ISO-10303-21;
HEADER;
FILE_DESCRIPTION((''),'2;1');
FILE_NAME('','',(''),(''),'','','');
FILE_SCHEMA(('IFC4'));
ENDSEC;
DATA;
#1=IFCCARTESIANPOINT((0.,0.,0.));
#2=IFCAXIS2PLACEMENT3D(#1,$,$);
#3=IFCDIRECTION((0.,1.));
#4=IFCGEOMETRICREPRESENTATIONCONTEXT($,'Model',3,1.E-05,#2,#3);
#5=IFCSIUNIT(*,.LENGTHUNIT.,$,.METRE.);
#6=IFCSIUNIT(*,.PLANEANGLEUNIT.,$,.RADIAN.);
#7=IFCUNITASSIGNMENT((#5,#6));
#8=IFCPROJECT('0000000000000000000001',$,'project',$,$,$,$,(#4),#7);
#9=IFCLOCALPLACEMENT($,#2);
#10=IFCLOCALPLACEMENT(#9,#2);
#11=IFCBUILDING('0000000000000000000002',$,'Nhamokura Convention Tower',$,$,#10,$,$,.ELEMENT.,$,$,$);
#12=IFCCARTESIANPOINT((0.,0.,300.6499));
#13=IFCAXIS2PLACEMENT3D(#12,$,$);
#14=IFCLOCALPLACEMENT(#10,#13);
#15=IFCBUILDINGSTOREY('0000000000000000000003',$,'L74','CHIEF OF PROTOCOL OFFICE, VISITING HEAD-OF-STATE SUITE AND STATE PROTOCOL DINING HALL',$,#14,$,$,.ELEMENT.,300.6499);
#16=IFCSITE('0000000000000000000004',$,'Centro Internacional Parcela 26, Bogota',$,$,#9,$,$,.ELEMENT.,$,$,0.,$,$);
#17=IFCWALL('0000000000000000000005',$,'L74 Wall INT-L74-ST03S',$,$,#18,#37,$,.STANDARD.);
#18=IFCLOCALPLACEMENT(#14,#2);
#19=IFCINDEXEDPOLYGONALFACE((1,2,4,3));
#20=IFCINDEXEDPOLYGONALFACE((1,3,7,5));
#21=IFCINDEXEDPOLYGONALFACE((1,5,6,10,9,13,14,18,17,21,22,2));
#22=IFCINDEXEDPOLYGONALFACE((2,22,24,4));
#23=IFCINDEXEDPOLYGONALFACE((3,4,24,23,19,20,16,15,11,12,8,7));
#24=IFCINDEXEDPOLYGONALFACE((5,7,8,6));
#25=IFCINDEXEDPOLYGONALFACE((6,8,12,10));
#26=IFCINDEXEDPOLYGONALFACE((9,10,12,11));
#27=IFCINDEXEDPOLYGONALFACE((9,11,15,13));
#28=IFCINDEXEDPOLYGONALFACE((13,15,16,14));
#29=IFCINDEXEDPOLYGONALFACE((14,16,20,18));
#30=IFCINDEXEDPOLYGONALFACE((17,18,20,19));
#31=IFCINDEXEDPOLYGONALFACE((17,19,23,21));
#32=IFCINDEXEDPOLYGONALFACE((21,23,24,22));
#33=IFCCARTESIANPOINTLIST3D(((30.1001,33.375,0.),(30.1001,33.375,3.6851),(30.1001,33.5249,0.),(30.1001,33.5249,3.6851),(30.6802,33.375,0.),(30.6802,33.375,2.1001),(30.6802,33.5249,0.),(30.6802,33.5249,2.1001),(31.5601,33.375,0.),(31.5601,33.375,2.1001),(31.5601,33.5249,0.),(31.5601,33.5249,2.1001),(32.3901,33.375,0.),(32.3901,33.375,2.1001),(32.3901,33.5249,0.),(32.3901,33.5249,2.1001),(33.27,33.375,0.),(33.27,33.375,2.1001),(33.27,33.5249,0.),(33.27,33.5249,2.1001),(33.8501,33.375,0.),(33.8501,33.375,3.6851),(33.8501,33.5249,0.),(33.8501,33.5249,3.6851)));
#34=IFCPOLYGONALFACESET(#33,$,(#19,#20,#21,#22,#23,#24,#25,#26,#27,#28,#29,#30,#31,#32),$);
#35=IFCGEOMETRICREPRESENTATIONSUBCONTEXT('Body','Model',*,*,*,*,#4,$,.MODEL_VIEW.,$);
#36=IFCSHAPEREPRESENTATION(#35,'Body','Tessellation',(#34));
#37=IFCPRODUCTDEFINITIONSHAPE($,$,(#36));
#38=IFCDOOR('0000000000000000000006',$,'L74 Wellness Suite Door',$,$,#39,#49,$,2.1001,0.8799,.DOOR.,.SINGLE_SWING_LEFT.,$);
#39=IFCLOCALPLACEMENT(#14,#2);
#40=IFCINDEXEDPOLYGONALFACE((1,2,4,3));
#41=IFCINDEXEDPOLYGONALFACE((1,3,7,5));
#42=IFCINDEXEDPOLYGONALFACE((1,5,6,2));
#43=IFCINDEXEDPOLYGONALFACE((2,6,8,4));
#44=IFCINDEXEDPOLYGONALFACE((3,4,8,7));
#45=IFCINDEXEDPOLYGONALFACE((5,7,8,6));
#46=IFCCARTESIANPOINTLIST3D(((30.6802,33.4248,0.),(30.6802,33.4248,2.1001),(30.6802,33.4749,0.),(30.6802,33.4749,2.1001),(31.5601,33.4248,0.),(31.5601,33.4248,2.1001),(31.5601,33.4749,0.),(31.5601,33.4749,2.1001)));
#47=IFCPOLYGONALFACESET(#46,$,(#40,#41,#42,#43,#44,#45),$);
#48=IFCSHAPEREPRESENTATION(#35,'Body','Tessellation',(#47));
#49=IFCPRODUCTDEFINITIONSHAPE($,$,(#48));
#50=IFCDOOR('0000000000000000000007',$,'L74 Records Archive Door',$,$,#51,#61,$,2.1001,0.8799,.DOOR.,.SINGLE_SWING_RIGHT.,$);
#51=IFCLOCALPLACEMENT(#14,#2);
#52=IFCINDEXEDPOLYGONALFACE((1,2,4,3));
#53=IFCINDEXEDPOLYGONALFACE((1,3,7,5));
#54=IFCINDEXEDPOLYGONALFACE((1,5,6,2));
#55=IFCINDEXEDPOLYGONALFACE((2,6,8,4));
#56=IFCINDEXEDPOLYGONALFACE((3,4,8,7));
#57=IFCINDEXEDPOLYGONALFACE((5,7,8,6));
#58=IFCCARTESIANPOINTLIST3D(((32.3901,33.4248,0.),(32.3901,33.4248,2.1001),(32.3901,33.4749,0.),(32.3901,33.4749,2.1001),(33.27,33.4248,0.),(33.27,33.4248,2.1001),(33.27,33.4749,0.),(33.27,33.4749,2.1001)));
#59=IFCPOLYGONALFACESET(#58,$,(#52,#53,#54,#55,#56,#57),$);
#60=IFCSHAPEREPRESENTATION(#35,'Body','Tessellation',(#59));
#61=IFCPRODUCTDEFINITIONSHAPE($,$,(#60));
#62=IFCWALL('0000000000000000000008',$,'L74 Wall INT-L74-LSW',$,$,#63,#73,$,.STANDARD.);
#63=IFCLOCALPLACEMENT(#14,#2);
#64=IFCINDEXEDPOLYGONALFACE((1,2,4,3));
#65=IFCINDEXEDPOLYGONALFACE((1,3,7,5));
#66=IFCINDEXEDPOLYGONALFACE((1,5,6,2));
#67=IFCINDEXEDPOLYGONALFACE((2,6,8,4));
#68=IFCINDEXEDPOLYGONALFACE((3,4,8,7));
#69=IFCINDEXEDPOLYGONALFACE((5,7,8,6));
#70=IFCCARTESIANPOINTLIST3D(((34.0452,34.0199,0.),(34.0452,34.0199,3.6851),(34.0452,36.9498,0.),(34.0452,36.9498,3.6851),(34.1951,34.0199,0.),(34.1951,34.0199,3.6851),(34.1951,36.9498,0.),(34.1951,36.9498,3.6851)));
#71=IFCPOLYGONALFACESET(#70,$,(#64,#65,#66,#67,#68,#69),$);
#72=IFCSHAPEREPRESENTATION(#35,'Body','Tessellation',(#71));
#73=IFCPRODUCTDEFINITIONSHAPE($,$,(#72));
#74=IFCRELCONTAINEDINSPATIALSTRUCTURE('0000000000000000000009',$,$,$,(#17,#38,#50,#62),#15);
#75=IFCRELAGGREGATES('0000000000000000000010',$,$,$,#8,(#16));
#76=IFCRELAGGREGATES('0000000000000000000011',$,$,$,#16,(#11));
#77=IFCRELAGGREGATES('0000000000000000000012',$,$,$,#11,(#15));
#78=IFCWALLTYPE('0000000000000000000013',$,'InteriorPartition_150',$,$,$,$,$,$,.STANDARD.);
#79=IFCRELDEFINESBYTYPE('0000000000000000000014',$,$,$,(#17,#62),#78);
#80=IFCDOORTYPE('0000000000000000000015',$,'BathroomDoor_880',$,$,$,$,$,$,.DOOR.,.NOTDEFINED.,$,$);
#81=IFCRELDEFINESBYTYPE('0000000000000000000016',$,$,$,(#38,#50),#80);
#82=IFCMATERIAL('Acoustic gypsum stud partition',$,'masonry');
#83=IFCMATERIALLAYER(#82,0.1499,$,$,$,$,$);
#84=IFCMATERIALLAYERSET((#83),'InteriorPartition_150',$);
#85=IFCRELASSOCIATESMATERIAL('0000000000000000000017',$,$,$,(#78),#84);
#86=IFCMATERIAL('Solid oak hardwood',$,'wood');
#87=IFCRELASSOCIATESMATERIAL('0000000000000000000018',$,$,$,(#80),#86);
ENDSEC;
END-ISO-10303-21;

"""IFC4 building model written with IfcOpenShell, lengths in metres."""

from ifc_helpers import new_model, si_unit, direction, frame, frame_2d, origin, place, context, subcontext, project, spatial, rectangle, extrude, material, layer, layer_set, type_object, element, fill, save


model = new_model("IFC4")

# Units and contexts
model_context = context("Model", 3, precision=1e-05, world=origin(), true_north=direction((0.0, 1.0)))
body_context = subcontext(model_context, "Body", "Model", "MODEL_VIEW")
ifc_project = project(units=[si_unit("LENGTHUNIT", "METRE"), si_unit("PLANEANGLEUNIT", "RADIAN")], contexts=[model_context])

# Site, building, storey
site_placement = place(None, origin())
site = spatial("IfcSite", under=ifc_project, at=site_placement, Name="Centro Internacional Parcela 26, Bogota", CompositionType="ELEMENT", RefElevation=0.0)
building_placement = place(site_placement, origin())
building = spatial("IfcBuilding", under=site, at=building_placement, Name="Nhamokura Convention Tower", CompositionType="ELEMENT")
storey_placement = place(building_placement, frame((0.0, 0.0, 300.6499)))
storey = spatial("IfcBuildingStorey", under=building, at=storey_placement, Name="L74", Description="CHIEF OF PROTOCOL OFFICE, VISITING HEAD-OF-STATE SUITE AND STATE PROTOCOL DINING HALL", CompositionType="ELEMENT", Elevation=300.6499)

# Shared definitions
ifc_material_1 = material(Name="Acoustic gypsum stud partition", Category="masonry")
ifc_layer_1 = layer(ifc_material_1, 0.1499)
ifc_layer_set_1 = layer_set([ifc_layer_1], Name="InteriorPartition_150")
wall_type_1 = type_object("IfcWallType", Name="InteriorPartition_150", PredefinedType="STANDARD", material=ifc_layer_set_1)

# Wall, openings, doors
wall_1_placement = place(storey_placement, frame((30.1001, 33.45, 0.0), z_axis=(0.0, 0.0, 1.0), x_axis=(1.0, 0.0, 0.0)))
wall_1 = element("IfcWall", 1, at=wall_1_placement, inside=storey, type_object=wall_type_1, Name="L74 Wall INT-L74-ST03S", PredefinedType="STANDARD", context=body_context, shape_type="SweptSolid", body=[
    extrude(rectangle(XDim=3.75, YDim=0.1499, at=frame_2d((1.875, 0.0))), origin(), (0.0, 0.0, 1.0), 3.6851),
])
opening_1_placement = place(wall_1_placement, frame((0.5801, 0.0, 0.0)))
opening_1 = element("IfcOpeningElement", 2, at=opening_1_placement, cuts=wall_1, PredefinedType="OPENING", context=body_context, shape_type="SweptSolid", body=[
    extrude(rectangle(XDim=0.8799, YDim=2.1001, at=frame_2d((0.4399, 1.05))), frame((0.0, 0.085, 0.0), z_axis=(0.0, -1.0, 0.0), x_axis=(1.0, 0.0, 0.0)), (0.0, 0.0, 1.0), 0.1699),
])
opening_2_placement = place(wall_1_placement, frame((2.29, 0.0, 0.0)))
opening_2 = element("IfcOpeningElement", 3, at=opening_2_placement, cuts=wall_1, PredefinedType="OPENING", context=body_context, shape_type="SweptSolid", body=[
    extrude(rectangle(XDim=0.8799, YDim=2.1001, at=frame_2d((0.4399, 1.05))), frame((0.0, 0.085, 0.0), z_axis=(0.0, -1.0, 0.0), x_axis=(1.0, 0.0, 0.0)), (0.0, 0.0, 1.0), 0.1699),
])
ifc_material_2 = material(Name="Solid oak hardwood", Category="wood")
door_type_1 = type_object("IfcDoorType", Name="BathroomDoor_880", OperationType="NOTDEFINED", PredefinedType="DOOR", material=ifc_material_2)
door_1_placement = place(opening_1_placement, origin())
door_1 = element("IfcDoor", 4, at=door_1_placement, inside=storey, type_object=door_type_1, Name="L74 Wellness Suite Door", OperationType="SINGLE_SWING_LEFT", OverallHeight=2.1001, OverallWidth=0.8799, PredefinedType="DOOR", context=body_context, shape_type="SweptSolid", body=[
    extrude(rectangle(XDim=0.8799, YDim=2.1001, at=frame_2d((0.4399, 1.05))), frame((0.0, 0.0249, 0.0), z_axis=(0.0, -1.0, 0.0), x_axis=(1.0, 0.0, 0.0)), (0.0, 0.0, 1.0), 0.05),
])
fill(opening_1, door_1)
door_2_placement = place(opening_2_placement, origin())
door_2 = element("IfcDoor", 5, at=door_2_placement, inside=storey, type_object=door_type_1, Name="L74 Records Archive Door", OperationType="SINGLE_SWING_RIGHT", OverallHeight=2.1001, OverallWidth=0.8799, PredefinedType="DOOR", context=body_context, shape_type="SweptSolid", body=[
    extrude(rectangle(XDim=0.8799, YDim=2.1001, at=frame_2d((0.4399, 1.05))), frame((0.0, 0.0249, 0.0), z_axis=(0.0, -1.0, 0.0), x_axis=(1.0, 0.0, 0.0)), (0.0, 0.0, 1.0), 0.05),
])
fill(opening_2, door_2)

# Wall
wall_2_placement = place(storey_placement, frame((34.1201, 34.02, 0.0), z_axis=(0.0, 0.0, 1.0), x_axis=(0.0, 1.0, 0.0)))
element("IfcWall", 6, at=wall_2_placement, inside=storey, type_object=wall_type_1, Name="L74 Wall INT-L74-LSW", PredefinedType="STANDARD", context=body_context, shape_type="SweptSolid", body=[
    extrude(rectangle(XDim=2.9299, YDim=0.1499, at=frame_2d((1.4648, 0.0))), origin(), (0.0, 0.0, 1.0), 3.6851),
])

save(model, "model.ifc")
